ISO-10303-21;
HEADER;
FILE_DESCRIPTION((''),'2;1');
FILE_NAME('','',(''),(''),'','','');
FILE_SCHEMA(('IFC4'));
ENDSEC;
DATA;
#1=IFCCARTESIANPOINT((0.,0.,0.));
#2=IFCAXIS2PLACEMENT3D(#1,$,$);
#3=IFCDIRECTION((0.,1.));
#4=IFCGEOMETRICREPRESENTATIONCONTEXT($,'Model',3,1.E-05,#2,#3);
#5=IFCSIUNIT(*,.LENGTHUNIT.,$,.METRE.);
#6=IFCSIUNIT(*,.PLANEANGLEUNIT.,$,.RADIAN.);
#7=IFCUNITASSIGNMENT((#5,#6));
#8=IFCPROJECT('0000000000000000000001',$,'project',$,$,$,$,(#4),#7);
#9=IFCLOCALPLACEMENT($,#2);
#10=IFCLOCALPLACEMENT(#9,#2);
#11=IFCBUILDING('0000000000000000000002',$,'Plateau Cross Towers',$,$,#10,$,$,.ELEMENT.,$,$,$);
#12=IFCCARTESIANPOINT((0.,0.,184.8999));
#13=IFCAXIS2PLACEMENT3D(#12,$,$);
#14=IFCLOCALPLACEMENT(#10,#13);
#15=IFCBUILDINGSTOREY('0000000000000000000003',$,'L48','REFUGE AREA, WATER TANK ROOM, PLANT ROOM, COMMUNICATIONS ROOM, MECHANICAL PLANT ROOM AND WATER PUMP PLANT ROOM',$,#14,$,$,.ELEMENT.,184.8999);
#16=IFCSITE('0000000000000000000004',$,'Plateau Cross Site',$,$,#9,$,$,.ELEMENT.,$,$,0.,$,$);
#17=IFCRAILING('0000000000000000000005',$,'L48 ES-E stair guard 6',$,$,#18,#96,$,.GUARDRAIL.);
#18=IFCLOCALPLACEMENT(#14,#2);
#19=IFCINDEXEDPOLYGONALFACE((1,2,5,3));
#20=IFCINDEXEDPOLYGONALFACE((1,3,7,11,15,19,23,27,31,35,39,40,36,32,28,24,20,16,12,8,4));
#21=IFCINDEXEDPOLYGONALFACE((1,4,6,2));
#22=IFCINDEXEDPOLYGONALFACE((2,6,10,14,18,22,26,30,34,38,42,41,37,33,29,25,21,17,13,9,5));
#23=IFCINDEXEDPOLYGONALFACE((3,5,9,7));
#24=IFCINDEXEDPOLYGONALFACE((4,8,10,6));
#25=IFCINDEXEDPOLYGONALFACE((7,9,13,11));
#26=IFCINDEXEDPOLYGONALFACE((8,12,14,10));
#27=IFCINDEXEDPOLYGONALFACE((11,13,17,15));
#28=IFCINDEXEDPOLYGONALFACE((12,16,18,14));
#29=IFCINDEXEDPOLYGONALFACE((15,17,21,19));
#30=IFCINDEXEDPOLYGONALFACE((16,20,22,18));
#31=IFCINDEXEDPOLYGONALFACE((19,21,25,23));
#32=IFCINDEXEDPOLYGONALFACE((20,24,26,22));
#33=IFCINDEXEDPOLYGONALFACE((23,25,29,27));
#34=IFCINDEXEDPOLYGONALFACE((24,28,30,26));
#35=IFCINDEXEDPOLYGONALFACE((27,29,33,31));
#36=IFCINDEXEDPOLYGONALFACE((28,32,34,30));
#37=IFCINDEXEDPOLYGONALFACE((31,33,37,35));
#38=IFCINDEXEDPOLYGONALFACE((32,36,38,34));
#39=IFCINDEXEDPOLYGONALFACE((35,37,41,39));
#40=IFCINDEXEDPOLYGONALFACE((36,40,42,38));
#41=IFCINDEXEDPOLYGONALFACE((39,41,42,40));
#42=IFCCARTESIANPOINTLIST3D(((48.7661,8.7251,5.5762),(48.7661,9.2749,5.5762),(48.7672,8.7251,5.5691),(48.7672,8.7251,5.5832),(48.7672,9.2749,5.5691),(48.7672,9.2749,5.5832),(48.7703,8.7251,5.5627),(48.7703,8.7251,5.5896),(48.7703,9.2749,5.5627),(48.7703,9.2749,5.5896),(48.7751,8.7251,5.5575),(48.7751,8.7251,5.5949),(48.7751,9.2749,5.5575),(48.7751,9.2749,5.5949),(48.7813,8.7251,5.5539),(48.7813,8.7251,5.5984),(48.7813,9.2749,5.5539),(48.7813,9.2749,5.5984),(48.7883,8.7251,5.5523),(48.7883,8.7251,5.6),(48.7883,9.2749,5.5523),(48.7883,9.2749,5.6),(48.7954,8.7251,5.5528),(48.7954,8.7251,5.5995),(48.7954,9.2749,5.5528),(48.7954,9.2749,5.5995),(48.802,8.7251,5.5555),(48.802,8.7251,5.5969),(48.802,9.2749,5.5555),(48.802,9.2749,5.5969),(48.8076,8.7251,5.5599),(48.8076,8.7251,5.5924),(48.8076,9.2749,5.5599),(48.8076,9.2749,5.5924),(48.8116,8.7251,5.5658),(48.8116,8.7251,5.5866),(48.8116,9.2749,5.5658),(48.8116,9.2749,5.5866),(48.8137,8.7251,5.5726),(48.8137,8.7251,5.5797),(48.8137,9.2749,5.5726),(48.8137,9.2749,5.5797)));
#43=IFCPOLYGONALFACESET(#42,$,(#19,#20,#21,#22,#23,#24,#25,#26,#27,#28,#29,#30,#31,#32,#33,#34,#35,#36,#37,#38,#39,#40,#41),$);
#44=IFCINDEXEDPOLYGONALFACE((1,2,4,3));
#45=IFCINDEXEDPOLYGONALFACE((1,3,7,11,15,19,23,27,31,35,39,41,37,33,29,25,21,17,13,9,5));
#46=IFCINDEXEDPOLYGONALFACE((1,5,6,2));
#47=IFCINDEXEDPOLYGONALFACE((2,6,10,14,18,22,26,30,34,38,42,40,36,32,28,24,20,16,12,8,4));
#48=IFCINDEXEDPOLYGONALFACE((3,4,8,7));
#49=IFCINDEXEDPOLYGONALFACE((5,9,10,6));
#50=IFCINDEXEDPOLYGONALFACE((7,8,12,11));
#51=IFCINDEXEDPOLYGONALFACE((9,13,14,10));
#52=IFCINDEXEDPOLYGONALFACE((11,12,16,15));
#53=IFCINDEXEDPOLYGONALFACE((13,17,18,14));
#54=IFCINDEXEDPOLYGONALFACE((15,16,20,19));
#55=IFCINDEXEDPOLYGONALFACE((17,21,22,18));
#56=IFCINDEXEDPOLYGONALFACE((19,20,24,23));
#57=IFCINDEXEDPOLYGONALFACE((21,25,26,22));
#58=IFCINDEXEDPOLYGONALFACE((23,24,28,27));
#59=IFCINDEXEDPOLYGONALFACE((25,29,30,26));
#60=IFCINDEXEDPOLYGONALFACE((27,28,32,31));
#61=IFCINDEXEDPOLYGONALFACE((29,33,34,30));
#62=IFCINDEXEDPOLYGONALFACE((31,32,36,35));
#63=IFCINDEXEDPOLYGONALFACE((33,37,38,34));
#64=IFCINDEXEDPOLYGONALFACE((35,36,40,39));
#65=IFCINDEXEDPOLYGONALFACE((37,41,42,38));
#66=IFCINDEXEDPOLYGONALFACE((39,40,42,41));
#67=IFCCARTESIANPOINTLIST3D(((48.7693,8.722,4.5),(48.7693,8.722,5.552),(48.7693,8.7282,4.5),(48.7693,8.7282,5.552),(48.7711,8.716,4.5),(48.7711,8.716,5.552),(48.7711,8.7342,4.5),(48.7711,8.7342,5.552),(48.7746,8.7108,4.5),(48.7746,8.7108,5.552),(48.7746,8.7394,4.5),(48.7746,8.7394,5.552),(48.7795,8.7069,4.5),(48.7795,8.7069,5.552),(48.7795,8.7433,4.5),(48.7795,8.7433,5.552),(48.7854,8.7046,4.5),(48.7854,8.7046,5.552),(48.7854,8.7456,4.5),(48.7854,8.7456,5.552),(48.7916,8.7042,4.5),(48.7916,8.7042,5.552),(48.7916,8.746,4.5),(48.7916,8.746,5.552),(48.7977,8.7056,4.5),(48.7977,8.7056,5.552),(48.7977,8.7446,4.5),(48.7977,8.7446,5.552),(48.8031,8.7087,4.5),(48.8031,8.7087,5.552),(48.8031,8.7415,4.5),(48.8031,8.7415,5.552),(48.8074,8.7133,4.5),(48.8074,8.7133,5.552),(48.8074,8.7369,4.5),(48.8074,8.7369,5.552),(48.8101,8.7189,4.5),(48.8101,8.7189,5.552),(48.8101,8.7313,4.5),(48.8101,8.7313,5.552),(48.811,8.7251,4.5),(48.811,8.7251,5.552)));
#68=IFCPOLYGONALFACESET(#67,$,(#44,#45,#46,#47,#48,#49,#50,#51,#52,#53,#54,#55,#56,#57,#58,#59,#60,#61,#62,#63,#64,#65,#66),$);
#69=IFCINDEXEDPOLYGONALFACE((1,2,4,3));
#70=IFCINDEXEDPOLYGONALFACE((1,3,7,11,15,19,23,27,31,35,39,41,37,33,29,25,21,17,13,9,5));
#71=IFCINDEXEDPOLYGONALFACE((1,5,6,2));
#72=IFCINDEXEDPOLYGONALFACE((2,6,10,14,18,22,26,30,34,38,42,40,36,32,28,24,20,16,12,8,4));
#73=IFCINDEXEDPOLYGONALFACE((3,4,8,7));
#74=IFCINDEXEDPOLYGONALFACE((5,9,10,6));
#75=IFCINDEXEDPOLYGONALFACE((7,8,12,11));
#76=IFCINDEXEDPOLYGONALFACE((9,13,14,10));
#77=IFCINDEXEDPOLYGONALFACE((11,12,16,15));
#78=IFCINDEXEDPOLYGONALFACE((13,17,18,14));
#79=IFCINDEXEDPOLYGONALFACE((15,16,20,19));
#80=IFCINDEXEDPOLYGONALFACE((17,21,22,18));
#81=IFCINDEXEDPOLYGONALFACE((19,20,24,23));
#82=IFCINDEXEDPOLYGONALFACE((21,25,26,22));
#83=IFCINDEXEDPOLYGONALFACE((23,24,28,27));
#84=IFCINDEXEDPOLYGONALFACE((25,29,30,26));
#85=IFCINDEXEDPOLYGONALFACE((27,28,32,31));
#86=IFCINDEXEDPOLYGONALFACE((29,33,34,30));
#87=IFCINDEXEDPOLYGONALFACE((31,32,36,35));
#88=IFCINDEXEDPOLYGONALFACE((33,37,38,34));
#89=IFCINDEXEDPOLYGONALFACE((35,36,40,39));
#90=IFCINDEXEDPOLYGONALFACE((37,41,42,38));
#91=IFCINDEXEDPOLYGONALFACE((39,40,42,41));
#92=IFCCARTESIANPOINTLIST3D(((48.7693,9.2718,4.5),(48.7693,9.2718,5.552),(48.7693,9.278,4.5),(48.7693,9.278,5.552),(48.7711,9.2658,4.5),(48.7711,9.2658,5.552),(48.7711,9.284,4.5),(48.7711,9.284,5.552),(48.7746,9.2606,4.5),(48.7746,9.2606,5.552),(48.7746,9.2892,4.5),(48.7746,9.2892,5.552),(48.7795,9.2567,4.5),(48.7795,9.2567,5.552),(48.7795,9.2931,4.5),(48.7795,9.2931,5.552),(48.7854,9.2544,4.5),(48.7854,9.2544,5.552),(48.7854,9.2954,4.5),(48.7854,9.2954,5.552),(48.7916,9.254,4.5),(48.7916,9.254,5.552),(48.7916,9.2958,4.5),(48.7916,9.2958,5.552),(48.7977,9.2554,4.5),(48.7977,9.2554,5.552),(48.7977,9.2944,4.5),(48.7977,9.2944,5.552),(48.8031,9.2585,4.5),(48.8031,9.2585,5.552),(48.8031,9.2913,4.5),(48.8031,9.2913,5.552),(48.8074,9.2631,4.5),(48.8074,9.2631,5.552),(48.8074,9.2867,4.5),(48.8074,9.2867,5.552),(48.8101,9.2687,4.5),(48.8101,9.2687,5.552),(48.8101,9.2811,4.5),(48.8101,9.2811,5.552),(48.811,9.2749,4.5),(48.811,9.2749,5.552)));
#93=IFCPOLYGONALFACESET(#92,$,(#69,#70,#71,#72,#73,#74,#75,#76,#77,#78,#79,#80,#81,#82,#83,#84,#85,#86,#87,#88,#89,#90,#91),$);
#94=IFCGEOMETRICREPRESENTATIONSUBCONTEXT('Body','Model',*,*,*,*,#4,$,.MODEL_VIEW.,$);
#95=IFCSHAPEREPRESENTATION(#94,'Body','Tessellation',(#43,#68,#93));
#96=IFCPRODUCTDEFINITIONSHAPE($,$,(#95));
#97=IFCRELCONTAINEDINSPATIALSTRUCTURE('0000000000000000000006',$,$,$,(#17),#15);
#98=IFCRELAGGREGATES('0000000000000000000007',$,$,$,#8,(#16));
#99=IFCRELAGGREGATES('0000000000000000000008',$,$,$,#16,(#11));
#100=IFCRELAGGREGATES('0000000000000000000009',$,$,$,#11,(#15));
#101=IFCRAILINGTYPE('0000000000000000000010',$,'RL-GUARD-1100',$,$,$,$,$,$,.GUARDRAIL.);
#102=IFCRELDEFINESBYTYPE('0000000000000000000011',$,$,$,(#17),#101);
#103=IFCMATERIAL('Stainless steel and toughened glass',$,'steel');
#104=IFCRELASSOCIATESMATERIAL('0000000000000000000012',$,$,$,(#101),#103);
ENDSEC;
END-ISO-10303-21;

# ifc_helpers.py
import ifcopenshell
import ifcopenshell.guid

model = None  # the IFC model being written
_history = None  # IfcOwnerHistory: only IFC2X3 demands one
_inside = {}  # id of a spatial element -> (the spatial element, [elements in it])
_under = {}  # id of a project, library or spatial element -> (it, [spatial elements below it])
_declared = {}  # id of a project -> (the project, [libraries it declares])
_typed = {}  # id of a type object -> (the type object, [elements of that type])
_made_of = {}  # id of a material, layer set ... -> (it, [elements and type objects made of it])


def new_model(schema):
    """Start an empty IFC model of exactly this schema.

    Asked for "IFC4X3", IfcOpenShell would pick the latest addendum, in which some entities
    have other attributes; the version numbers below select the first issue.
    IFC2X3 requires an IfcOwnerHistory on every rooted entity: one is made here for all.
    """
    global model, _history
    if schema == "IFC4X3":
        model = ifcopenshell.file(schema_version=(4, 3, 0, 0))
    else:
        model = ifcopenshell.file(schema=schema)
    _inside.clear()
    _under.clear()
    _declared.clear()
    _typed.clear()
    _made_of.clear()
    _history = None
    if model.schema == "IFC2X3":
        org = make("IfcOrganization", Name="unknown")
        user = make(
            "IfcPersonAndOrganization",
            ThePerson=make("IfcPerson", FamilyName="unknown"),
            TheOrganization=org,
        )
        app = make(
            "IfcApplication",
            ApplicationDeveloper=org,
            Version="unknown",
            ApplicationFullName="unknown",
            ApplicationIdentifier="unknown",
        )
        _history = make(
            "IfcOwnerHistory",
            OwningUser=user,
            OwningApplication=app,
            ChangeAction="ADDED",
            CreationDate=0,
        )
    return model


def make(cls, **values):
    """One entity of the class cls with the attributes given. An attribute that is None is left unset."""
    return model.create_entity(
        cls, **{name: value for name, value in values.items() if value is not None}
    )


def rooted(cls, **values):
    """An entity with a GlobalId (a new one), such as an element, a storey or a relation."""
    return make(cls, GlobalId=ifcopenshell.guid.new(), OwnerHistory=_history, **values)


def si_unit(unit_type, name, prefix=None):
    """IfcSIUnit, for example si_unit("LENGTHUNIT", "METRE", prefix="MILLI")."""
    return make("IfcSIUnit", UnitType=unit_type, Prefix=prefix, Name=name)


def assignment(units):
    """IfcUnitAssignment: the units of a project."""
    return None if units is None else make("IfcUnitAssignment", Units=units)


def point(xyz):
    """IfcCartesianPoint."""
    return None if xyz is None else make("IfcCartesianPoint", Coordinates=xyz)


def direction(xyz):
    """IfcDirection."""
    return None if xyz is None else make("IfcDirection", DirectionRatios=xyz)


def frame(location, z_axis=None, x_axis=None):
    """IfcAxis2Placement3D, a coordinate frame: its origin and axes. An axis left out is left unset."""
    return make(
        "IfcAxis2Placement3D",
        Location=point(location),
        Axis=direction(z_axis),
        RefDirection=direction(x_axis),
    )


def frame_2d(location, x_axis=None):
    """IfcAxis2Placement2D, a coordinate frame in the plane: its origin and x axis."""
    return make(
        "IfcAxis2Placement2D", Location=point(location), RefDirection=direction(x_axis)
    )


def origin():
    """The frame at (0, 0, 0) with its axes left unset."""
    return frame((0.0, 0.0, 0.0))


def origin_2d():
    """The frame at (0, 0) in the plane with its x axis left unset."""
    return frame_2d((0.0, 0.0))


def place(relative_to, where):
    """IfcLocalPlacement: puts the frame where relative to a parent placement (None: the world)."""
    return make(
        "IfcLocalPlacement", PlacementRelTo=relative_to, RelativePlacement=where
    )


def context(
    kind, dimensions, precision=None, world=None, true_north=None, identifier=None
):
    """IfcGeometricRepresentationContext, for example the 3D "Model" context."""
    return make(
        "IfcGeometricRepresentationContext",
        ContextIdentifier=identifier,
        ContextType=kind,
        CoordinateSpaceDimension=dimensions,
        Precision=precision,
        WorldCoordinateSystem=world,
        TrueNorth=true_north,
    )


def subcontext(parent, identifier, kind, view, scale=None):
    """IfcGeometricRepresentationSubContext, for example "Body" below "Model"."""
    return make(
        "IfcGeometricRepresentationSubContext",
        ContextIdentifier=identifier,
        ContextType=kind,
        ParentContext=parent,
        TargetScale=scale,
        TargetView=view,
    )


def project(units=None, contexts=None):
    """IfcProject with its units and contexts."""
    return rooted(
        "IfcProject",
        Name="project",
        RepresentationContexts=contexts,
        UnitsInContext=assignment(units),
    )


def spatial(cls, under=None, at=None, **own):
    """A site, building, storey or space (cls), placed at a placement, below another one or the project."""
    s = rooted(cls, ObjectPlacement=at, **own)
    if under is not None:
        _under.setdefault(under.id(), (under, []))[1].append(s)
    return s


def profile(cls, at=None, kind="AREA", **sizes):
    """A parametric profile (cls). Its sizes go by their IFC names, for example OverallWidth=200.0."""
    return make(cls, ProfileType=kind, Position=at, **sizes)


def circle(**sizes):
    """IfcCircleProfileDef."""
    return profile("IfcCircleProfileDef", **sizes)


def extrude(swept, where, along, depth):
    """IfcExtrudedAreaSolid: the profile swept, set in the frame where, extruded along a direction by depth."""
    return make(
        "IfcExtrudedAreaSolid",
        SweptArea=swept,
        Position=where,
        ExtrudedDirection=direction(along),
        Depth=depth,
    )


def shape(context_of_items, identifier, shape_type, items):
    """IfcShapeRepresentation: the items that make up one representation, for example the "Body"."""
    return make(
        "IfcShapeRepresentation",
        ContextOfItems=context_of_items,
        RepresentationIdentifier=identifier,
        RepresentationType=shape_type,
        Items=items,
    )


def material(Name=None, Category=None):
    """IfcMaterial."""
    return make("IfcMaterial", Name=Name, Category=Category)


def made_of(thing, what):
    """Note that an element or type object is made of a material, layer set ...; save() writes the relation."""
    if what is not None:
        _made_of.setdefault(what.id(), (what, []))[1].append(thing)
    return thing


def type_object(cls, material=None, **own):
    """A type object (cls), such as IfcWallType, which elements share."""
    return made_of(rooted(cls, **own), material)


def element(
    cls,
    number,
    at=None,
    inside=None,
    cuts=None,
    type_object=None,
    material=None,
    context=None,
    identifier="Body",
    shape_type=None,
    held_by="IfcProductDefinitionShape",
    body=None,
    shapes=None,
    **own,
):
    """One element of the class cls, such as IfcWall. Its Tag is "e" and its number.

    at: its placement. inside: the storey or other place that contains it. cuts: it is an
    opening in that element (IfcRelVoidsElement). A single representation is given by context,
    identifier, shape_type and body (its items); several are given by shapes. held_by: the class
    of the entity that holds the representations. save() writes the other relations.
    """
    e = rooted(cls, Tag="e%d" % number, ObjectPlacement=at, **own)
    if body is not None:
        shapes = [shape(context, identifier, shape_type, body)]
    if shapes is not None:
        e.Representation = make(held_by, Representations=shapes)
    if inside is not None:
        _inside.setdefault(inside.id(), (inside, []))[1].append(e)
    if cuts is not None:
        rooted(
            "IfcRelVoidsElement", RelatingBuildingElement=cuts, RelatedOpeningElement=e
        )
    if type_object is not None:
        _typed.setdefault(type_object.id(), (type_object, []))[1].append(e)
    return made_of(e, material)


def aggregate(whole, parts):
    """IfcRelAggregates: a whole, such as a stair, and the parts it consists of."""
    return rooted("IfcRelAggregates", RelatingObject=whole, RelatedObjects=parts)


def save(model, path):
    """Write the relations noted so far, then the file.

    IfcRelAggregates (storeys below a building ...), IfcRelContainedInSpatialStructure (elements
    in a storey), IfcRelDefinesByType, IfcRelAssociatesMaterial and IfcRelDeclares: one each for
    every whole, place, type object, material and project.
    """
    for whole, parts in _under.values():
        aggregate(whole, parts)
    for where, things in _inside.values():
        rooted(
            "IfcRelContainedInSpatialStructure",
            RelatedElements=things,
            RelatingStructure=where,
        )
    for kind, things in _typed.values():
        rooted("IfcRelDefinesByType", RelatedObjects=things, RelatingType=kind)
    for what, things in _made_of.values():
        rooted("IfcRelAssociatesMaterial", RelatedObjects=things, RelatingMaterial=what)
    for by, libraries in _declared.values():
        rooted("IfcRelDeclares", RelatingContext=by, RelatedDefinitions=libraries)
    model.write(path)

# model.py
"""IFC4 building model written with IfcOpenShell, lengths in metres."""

from ifc_helpers import new_model, si_unit, direction, frame, origin, origin_2d, place, context, subcontext, project, spatial, circle, extrude, material, type_object, element, save


model = new_model("IFC4")

# Units and contexts
model_context = context("Model", 3, precision=1e-05, world=origin(), true_north=direction((0.0, 1.0)))
body_context = subcontext(model_context, "Body", "Model", "MODEL_VIEW")
ifc_project = project(units=[si_unit("LENGTHUNIT", "METRE"), si_unit("PLANEANGLEUNIT", "RADIAN")], contexts=[model_context])

# Site, building, storey
site_placement = place(None, origin())
site = spatial("IfcSite", under=ifc_project, at=site_placement, Name="Plateau Cross Site", CompositionType="ELEMENT", RefElevation=0.0)
building_placement = place(site_placement, origin())
building = spatial("IfcBuilding", under=site, at=building_placement, Name="Plateau Cross Towers", CompositionType="ELEMENT")
storey_placement = place(building_placement, frame((0.0, 0.0, 184.8999)))
storey = spatial("IfcBuildingStorey", under=building, at=storey_placement, Name="L48", Description="REFUGE AREA, WATER TANK ROOM, PLANT ROOM, COMMUNICATIONS ROOM, MECHANICAL PLANT ROOM AND WATER PUMP PLANT ROOM", CompositionType="ELEMENT", Elevation=184.8999)

# Railing
ifc_material_1 = material(Name="Stainless steel and toughened glass", Category="steel")
railing_type_1 = type_object("IfcRailingType", Name="RL-GUARD-1100", PredefinedType="GUARDRAIL", material=ifc_material_1)
railing_1_placement = place(storey_placement, frame((48.79, 8.7251, 4.5)))
element("IfcRailing", 1, at=railing_1_placement, inside=storey, type_object=railing_type_1, Name="L48 ES-E stair guard 6", PredefinedType="GUARDRAIL", context=body_context, shape_type="SweptSolid", body=[
    extrude(circle(Radius=0.0239, at=origin_2d()), frame((0.0, 0.0, 1.0762), z_axis=(0.0, 1.0, 0.0), x_axis=(-1.0, 0.0, 0.0)), (0.0, 0.0, 1.0), 0.5498),
    extrude(circle(Radius=0.021, at=origin_2d()), origin(), (0.0, 0.0, 1.0), 1.052),
    extrude(circle(Radius=0.021, at=origin_2d()), frame((0.0, 0.5498, 0.0)), (0.0, 0.0, 1.0), 1.052),
])

save(model, "model.ifc")
